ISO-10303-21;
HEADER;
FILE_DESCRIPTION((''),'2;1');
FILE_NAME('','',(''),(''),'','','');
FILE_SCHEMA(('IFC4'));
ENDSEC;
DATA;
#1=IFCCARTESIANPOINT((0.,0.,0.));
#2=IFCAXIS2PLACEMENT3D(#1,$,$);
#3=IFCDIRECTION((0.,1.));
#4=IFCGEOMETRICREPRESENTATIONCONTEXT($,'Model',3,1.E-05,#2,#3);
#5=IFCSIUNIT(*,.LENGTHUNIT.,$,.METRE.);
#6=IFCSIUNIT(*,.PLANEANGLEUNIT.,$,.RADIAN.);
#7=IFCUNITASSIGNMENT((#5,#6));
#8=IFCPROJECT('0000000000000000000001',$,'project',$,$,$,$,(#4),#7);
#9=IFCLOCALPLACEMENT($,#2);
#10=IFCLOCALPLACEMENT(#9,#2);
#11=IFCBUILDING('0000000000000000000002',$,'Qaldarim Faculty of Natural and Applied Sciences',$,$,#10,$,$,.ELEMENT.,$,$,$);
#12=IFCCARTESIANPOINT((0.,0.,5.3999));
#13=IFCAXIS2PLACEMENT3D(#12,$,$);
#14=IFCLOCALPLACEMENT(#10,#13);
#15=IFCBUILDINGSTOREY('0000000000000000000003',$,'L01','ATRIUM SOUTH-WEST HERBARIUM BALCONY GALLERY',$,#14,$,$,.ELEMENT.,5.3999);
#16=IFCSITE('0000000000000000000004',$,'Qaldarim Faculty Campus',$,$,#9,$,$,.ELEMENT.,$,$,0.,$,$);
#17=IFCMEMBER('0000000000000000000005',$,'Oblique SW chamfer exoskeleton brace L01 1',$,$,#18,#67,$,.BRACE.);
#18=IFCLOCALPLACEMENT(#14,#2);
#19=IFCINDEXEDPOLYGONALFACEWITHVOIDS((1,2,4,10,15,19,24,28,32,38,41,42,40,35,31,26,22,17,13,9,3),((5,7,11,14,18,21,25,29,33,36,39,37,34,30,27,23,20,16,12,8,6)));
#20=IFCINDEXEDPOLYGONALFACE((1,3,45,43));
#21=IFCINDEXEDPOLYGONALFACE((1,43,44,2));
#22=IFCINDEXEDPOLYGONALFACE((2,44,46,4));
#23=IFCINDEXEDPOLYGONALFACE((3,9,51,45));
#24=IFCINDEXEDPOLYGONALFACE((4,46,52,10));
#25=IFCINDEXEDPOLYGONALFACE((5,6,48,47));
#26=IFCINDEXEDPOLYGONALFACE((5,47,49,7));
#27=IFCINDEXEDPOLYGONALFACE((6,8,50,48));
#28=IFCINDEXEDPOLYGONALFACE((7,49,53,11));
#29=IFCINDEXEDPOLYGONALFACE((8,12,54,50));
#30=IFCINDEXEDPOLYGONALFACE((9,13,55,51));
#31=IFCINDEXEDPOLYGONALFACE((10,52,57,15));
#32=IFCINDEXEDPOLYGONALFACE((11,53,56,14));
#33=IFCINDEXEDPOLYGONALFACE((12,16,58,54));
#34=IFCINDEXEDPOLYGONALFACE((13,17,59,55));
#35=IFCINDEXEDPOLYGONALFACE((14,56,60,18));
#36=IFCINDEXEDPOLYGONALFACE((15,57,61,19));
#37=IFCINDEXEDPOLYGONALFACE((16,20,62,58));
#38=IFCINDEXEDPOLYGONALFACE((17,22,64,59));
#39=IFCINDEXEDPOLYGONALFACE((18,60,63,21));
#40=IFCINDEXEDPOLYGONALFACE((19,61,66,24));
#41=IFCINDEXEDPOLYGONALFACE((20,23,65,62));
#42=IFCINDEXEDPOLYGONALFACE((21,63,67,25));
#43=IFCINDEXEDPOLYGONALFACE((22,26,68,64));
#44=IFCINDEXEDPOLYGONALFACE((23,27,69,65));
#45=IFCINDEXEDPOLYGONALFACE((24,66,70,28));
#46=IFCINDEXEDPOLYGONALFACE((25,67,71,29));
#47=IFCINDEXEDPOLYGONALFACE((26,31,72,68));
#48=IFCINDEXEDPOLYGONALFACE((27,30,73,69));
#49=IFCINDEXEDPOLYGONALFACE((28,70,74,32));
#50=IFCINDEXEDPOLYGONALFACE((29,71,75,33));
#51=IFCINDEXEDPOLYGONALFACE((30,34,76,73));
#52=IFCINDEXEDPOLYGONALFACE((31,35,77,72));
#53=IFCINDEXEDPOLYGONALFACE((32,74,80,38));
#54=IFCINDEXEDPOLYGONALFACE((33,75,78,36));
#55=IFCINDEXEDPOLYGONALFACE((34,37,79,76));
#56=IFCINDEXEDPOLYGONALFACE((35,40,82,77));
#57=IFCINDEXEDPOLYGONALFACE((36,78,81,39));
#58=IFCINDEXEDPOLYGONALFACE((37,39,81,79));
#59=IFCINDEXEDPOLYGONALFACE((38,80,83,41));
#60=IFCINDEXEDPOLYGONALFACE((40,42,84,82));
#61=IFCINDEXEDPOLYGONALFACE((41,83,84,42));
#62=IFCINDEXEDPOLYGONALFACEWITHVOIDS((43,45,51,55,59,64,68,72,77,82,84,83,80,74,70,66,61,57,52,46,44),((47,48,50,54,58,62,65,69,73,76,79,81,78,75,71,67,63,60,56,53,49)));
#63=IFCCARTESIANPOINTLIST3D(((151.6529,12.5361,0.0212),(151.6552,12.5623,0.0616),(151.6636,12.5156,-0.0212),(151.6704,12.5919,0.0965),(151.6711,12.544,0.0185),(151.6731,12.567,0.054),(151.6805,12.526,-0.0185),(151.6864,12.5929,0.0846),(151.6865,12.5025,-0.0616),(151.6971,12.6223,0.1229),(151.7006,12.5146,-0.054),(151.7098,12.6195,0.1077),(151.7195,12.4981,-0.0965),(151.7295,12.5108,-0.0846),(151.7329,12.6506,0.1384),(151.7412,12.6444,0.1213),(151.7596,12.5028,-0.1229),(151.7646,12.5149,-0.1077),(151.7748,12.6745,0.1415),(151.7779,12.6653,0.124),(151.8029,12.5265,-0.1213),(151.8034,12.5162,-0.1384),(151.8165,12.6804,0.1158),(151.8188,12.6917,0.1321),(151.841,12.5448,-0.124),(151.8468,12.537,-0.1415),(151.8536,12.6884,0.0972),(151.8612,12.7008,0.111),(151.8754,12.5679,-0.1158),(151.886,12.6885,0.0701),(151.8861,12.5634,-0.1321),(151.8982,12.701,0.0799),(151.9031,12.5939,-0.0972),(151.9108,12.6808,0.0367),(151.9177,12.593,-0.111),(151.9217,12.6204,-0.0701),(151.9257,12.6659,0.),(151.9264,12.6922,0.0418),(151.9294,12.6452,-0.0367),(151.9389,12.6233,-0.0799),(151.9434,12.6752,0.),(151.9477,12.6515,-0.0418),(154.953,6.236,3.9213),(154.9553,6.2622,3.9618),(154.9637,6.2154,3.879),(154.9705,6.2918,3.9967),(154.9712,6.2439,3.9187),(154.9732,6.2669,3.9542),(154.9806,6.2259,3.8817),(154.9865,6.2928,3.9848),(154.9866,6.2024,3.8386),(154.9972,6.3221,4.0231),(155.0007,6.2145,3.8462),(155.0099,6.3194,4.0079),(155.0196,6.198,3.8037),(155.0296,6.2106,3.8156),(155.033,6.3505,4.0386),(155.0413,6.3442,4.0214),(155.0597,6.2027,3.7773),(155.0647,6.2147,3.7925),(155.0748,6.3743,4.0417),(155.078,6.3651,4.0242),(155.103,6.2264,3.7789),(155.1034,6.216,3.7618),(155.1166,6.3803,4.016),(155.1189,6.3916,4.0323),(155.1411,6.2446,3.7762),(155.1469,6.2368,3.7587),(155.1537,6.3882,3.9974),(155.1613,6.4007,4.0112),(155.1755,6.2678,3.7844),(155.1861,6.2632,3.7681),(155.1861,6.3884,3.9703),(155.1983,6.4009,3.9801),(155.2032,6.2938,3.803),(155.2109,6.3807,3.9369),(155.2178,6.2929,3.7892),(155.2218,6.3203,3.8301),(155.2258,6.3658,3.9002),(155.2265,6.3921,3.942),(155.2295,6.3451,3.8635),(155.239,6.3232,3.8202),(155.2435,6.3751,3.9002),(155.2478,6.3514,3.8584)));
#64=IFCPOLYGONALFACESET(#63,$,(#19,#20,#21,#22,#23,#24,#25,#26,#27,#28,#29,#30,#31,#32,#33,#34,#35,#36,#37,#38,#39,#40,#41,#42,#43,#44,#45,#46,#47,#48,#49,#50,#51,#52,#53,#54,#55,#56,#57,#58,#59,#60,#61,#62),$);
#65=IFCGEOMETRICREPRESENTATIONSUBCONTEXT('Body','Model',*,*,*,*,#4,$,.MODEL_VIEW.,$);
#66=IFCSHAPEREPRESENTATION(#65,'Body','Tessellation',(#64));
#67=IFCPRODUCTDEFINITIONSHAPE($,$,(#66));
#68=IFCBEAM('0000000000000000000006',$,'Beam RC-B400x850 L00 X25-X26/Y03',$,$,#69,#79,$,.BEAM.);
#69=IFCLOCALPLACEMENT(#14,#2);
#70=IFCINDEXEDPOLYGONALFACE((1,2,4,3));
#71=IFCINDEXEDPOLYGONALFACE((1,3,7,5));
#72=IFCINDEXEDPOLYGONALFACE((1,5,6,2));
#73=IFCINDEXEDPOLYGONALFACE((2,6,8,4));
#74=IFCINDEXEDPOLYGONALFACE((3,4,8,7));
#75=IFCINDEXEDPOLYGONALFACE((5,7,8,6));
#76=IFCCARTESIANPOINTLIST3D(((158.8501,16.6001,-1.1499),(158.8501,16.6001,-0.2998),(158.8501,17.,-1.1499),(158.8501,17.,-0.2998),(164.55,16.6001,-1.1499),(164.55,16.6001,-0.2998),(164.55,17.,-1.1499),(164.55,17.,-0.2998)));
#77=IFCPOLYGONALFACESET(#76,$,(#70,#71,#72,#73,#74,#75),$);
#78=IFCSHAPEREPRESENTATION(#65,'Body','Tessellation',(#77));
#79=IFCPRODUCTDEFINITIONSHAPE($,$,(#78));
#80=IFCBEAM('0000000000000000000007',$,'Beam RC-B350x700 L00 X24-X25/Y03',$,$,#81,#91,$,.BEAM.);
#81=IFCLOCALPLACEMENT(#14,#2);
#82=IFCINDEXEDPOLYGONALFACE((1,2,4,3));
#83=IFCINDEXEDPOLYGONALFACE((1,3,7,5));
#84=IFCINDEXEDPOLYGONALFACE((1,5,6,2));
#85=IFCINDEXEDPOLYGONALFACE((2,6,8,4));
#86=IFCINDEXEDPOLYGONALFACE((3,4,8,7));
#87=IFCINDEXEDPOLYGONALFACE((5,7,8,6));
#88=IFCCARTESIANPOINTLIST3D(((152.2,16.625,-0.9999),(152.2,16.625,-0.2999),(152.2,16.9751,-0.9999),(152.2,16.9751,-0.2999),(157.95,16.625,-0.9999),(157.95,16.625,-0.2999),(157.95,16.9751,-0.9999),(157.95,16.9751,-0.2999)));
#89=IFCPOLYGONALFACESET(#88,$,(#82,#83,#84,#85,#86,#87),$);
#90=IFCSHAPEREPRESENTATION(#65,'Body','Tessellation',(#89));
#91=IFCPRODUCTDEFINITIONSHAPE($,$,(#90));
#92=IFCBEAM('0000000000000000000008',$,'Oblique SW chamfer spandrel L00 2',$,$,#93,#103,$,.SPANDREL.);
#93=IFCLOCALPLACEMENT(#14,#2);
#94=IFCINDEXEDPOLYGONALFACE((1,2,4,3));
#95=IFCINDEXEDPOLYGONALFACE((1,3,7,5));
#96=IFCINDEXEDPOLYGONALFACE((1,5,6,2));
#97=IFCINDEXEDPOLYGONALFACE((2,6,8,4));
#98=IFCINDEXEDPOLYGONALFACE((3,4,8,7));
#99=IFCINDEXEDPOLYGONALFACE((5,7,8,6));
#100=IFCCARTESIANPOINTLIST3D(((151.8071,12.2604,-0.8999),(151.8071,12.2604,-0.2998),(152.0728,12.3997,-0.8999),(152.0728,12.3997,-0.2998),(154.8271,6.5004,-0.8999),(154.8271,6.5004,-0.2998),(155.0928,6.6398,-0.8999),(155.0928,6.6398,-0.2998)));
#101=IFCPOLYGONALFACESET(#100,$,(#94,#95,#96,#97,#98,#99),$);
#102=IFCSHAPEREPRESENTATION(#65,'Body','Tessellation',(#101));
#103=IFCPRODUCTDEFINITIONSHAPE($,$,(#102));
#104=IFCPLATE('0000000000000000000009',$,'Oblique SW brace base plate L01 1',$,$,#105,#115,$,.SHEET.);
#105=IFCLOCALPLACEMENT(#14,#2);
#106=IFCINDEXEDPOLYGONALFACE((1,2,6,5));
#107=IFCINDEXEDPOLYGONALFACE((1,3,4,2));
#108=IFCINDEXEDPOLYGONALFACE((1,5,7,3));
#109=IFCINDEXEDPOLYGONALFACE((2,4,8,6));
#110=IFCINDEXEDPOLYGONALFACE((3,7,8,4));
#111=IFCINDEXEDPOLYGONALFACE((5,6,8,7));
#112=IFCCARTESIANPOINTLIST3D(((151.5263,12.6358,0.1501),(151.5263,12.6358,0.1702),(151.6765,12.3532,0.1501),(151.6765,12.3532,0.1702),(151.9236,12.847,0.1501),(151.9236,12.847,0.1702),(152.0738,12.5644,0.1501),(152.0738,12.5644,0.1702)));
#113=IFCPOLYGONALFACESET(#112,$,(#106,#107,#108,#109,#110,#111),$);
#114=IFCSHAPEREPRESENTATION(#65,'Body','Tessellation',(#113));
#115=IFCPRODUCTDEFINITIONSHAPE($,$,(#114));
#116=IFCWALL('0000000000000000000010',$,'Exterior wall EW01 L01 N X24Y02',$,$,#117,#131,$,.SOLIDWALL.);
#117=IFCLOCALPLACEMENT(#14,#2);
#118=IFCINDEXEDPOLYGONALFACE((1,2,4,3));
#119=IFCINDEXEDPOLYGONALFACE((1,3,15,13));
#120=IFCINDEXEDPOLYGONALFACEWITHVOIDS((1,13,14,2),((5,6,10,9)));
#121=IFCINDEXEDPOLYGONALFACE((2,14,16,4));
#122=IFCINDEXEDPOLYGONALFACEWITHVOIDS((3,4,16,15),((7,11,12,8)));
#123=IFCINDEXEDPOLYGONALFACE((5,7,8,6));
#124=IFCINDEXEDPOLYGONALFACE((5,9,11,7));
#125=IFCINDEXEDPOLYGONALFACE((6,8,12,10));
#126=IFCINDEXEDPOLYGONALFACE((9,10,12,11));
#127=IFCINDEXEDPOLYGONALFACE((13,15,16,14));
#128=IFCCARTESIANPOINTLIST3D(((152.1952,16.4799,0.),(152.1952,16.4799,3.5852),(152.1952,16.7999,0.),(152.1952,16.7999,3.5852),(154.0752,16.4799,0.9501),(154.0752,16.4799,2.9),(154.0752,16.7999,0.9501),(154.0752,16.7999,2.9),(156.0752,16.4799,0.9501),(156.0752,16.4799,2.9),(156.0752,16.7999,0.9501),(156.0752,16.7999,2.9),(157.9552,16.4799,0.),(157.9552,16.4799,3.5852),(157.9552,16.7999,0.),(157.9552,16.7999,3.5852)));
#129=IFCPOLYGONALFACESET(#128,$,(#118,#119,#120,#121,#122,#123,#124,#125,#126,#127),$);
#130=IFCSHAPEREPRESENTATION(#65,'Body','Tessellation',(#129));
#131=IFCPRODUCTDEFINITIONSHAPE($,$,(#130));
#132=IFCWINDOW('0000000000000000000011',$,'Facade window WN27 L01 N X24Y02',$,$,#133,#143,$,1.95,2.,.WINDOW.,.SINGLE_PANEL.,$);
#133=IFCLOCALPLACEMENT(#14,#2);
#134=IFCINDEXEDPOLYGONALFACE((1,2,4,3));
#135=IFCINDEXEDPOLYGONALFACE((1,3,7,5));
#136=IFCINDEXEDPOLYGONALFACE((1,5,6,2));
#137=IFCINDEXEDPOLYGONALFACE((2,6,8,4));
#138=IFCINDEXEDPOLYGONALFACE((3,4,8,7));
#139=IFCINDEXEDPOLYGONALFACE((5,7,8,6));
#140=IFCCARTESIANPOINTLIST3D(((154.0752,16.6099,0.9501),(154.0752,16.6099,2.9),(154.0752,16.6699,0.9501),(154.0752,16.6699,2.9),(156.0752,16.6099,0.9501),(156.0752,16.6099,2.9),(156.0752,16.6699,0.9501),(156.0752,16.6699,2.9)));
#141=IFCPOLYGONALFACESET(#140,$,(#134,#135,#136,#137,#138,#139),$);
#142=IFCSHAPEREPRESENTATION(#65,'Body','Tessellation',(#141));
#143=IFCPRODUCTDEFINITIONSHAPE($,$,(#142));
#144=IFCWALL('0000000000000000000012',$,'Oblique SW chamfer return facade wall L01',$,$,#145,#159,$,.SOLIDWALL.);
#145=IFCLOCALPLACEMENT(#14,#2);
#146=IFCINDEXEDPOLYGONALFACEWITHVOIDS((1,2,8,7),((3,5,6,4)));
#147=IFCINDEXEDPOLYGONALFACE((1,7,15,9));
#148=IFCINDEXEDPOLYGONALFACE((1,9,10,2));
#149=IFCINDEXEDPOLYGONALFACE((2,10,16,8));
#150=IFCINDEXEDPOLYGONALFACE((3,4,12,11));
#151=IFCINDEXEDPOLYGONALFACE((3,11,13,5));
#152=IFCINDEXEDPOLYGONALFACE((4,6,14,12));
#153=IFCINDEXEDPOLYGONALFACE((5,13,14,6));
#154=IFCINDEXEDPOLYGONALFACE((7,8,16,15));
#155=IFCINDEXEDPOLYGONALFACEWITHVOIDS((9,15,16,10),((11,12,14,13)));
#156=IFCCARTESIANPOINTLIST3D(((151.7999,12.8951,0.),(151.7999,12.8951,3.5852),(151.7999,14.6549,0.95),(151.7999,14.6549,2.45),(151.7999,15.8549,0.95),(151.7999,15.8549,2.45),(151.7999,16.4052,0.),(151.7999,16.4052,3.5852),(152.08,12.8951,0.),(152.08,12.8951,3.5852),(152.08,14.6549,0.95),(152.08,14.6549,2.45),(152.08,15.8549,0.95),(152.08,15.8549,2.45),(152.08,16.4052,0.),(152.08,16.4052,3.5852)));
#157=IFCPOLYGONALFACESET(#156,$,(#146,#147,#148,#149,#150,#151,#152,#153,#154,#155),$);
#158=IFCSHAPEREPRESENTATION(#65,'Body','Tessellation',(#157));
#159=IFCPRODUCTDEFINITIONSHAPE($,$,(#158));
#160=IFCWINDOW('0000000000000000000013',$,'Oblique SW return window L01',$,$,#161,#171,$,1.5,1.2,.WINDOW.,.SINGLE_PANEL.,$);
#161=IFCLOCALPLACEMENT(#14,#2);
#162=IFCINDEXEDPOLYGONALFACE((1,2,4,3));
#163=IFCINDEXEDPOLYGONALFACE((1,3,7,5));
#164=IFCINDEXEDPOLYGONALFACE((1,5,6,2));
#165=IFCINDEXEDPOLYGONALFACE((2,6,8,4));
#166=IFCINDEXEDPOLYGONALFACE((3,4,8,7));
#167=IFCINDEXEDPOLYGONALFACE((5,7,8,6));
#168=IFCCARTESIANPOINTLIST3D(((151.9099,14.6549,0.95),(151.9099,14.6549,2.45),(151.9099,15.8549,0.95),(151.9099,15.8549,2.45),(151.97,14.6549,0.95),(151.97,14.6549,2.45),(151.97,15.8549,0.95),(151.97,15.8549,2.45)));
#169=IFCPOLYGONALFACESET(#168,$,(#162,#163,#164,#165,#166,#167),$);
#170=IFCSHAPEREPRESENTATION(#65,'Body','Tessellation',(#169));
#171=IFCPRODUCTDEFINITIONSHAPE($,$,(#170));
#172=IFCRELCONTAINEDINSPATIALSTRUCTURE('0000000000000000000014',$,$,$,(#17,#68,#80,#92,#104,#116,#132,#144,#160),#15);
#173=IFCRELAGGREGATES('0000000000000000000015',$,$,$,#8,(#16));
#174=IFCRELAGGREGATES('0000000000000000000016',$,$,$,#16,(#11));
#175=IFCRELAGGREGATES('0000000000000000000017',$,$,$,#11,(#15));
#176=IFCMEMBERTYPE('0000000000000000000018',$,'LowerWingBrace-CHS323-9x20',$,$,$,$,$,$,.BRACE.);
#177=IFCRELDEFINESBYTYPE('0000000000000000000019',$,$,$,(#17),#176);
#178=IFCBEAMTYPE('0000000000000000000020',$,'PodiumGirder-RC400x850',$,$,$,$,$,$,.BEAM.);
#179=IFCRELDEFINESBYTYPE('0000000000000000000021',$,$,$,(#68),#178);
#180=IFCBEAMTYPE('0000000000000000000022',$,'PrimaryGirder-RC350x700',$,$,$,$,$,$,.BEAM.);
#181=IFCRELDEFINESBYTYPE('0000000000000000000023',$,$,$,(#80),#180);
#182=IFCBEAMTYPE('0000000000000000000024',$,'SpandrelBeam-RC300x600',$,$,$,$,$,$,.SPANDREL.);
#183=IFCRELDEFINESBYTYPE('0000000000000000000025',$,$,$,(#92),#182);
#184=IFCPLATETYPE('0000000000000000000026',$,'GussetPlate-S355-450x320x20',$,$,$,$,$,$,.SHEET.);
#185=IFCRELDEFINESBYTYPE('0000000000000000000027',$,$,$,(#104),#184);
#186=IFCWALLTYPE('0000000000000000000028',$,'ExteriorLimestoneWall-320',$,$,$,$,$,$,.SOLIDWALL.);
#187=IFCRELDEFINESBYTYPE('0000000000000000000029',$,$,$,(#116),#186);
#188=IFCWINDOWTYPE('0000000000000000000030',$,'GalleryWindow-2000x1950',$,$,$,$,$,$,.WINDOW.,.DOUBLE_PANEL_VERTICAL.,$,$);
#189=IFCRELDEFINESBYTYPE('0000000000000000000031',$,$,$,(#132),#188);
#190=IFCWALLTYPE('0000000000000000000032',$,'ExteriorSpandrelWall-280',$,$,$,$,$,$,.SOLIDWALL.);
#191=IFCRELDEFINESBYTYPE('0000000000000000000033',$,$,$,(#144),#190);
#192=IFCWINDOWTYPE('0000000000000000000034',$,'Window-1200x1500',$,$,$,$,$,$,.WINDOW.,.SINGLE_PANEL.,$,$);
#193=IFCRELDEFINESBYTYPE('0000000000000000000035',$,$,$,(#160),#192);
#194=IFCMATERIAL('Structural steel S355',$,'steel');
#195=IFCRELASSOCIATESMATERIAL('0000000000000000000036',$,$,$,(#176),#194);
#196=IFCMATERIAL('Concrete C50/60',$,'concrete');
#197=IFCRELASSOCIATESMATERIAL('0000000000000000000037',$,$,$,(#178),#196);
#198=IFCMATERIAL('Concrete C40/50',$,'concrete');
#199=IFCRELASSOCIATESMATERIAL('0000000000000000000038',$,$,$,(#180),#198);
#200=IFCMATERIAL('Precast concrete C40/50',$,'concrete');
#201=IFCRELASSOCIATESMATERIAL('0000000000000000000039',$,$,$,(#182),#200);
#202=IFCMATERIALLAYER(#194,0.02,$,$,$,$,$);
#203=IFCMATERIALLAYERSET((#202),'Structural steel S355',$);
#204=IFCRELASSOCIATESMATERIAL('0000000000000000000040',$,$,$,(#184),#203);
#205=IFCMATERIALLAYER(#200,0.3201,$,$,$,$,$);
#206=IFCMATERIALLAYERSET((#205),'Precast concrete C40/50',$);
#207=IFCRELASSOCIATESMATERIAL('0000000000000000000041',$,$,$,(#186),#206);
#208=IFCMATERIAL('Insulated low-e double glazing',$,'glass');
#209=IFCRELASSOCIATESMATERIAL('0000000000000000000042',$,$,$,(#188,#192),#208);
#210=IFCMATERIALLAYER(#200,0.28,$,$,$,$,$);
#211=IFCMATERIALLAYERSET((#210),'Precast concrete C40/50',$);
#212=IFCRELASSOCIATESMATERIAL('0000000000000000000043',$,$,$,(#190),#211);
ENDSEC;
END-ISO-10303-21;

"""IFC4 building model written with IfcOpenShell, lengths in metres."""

from ifc_helpers import new_model, si_unit, direction, frame, frame_2d, origin, origin_2d, place, context, subcontext, project, spatial, rectangle, hollow_circle, extrude, material, layer, layer_set, material_profile, profile_set, type_object, element, fill, save


model = new_model("IFC4")

# Units and contexts
model_context = context("Model", 3, precision=1e-05, world=origin(), true_north=direction((0.0, 1.0)))
body_context = subcontext(model_context, "Body", "Model", "MODEL_VIEW")
ifc_project = project(units=[si_unit("LENGTHUNIT", "METRE"), si_unit("PLANEANGLEUNIT", "RADIAN")], contexts=[model_context])

# Site, building, storey
site_placement = place(None, origin())
site = spatial("IfcSite", under=ifc_project, at=site_placement, Name="Qaldarim Faculty Campus", CompositionType="ELEMENT", RefElevation=0.0)
building_placement = place(site_placement, origin())
building = spatial("IfcBuilding", under=site, at=building_placement, Name="Qaldarim Faculty of Natural and Applied Sciences", CompositionType="ELEMENT")
storey_placement = place(building_placement, frame((0.0, 0.0, 5.3999)))
storey = spatial("IfcBuildingStorey", under=building, at=storey_placement, Name="L01", Description="ATRIUM SOUTH-WEST HERBARIUM BALCONY GALLERY", CompositionType="ELEMENT", Elevation=5.3999)

# Shared definitions
ifc_material_1 = material(Name="Concrete C50/60", Category="concrete")

# Shared definitions
ifc_material_2 = material(Name="Concrete C40/50", Category="concrete")

# Member
ifc_material_3 = material(Name="Structural steel S355", Category="steel")
ifc_material_profile_1 = material_profile(ifc_material_3, hollow_circle(Radius=0.1619, WallThickness=0.02, at=origin_2d()), Name="CHS 323.9x20.0")
ifc_profile_set_1 = profile_set([ifc_material_profile_1], Name="Structural steel S355")
member_type = type_object("IfcMemberType", Name="LowerWingBrace-CHS323-9x20", PredefinedType="BRACE", material=ifc_profile_set_1)
member_placement = place(storey_placement, frame((151.8, 12.6001, 0.0), z_axis=(0.406849, -0.776707, 0.480833), x_axis=(0.88583, 0.46401, 0.0)))
element("IfcMember", 1, at=member_placement, inside=storey, type_object=member_type, Name="Oblique SW chamfer exoskeleton brace L01 1", PredefinedType="BRACE", context=body_context, shape_type="SweptSolid", body=[
    extrude(hollow_circle(Radius=0.1619, WallThickness=0.02, at=origin_2d()), origin(), (0.0, 0.0, 1.0), 8.1113),
])

# Beams
ifc_material_profile_2 = material_profile(ifc_material_1, rectangle(XDim=0.3999, YDim=0.8501, at=origin_2d()), Name="RC-B400x850")
ifc_profile_set_2 = profile_set([ifc_material_profile_2], Name="Concrete C50/60")
beam_type_1 = type_object("IfcBeamType", Name="PodiumGirder-RC400x850", PredefinedType="BEAM", material=ifc_profile_set_2)
beam_1_placement = place(storey_placement, frame((158.8501, 16.8, -0.7249), z_axis=(1.0, 0.0, 0.0), x_axis=(0.0, 1.0, 0.0)))
element("IfcBeam", 2, at=beam_1_placement, inside=storey, type_object=beam_type_1, Name="Beam RC-B400x850 L00 X25-X26/Y03", PredefinedType="BEAM", context=body_context, shape_type="SweptSolid", body=[
    extrude(rectangle(XDim=0.3999, YDim=0.8501, at=origin_2d()), origin(), (0.0, 0.0, 1.0), 5.7),
])
ifc_material_profile_3 = material_profile(ifc_material_2, rectangle(XDim=0.3501, YDim=0.7, at=origin_2d()), Name="RC-B350x700")
ifc_profile_set_3 = profile_set([ifc_material_profile_3], Name="Concrete C40/50")
beam_type_2 = type_object("IfcBeamType", Name="PrimaryGirder-RC350x700", PredefinedType="BEAM", material=ifc_profile_set_3)
beam_2_placement = place(storey_placement, frame((152.2, 16.8, -0.6499), z_axis=(1.0, 0.0, 0.0), x_axis=(0.0, 1.0, 0.0)))
element("IfcBeam", 3, at=beam_2_placement, inside=storey, type_object=beam_type_2, Name="Beam RC-B350x700 L00 X24-X25/Y03", PredefinedType="BEAM", context=body_context, shape_type="SweptSolid", body=[
    extrude(rectangle(XDim=0.3501, YDim=0.7, at=origin_2d()), origin(), (0.0, 0.0, 1.0), 5.75),
])
ifc_material_4 = material(Name="Precast concrete C40/50", Category="concrete")
ifc_material_profile_4 = material_profile(ifc_material_4, rectangle(XDim=0.3, YDim=0.6001, at=origin_2d()), Name="RC-SP300x600")
ifc_profile_set_4 = profile_set([ifc_material_profile_4], Name="Precast concrete C40/50")
beam_type_3 = type_object("IfcBeamType", Name="SpandrelBeam-RC300x600", PredefinedType="SPANDREL", material=ifc_profile_set_4)
beam_3_placement = place(storey_placement, frame((151.9399, 12.3301, -0.5999), z_axis=(0.464353, -0.88565, 0.0), x_axis=(0.88565, 0.464353, 0.0)))
element("IfcBeam", 4, at=beam_3_placement, inside=storey, type_object=beam_type_3, Name="Oblique SW chamfer spandrel L00 2", PredefinedType="SPANDREL", context=body_context, shape_type="SweptSolid", body=[
    extrude(rectangle(XDim=0.3, YDim=0.6001, at=origin_2d()), origin(), (0.0, 0.0, 1.0), 6.5037),
])

# Plate
ifc_layer_1 = layer(ifc_material_3, 0.02)
ifc_layer_set_1 = layer_set([ifc_layer_1], Name="Structural steel S355")
plate_type = type_object("IfcPlateType", Name="GussetPlate-S355-450x320x20", PredefinedType="SHEET", material=ifc_layer_set_1)
plate_placement = place(storey_placement, frame((151.8, 12.6001, 0.1501), z_axis=(0.0, 0.0, 1.0), x_axis=(0.882948, 0.469472, 0.0)))
element("IfcPlate", 5, at=plate_placement, inside=storey, type_object=plate_type, Name="Oblique SW brace base plate L01 1", PredefinedType="SHEET", context=body_context, shape_type="SweptSolid", body=[
    extrude(rectangle(XDim=0.45, YDim=0.3201, at=origin_2d()), origin(), (0.0, 0.0, 1.0), 0.02),
])

# Walls, openings, windows
ifc_layer_2 = layer(ifc_material_4, 0.3201)
ifc_layer_set_2 = layer_set([ifc_layer_2], Name="Precast concrete C40/50")
wall_type_1 = type_object("IfcWallType", Name="ExteriorLimestoneWall-320", PredefinedType="SOLIDWALL", material=ifc_layer_set_2)
wall_1_placement = place(storey_placement, frame((157.9551, 16.6399, 0.0), z_axis=(0.0, 0.0, 1.0), x_axis=(-1.0, 0.0, 0.0)))
wall_1 = element("IfcWall", 6, at=wall_1_placement, inside=storey, type_object=wall_type_1, Name="Exterior wall EW01 L01 N X24Y02", PredefinedType="SOLIDWALL", context=body_context, shape_type="SweptSolid", body=[
    extrude(rectangle(XDim=5.76, YDim=0.3201, at=frame_2d((2.8799, 0.0))), origin(), (0.0, 0.0, 1.0), 3.5852),
])
opening_1_placement = place(wall_1_placement, frame((1.8799, 0.0, 0.95)))
opening_1 = element("IfcOpeningElement", 7, at=opening_1_placement, cuts=wall_1, PredefinedType="OPENING", context=body_context, shape_type="SweptSolid", body=[
    extrude(rectangle(XDim=2.0, YDim=1.95, at=frame_2d((1.0, 0.9751))), frame((0.0, 0.1699, 0.0), z_axis=(0.0, -1.0, 0.0), x_axis=(1.0, 0.0, 0.0)), (0.0, 0.0, 1.0), 0.3401),
])
ifc_material_5 = material(Name="Insulated low-e double glazing", Category="glass")
window_type_1 = type_object("IfcWindowType", Name="GalleryWindow-2000x1950", PartitioningType="DOUBLE_PANEL_VERTICAL", PredefinedType="WINDOW", material=ifc_material_5)
window_1_placement = place(opening_1_placement, origin())
window_1 = element("IfcWindow", 8, at=window_1_placement, inside=storey, type_object=window_type_1, Name="Facade window WN27 L01 N X24Y02", OverallHeight=1.95, OverallWidth=2.0, PartitioningType="SINGLE_PANEL", PredefinedType="WINDOW", context=body_context, shape_type="SweptSolid", body=[
    extrude(rectangle(XDim=2.0, YDim=1.95, at=frame_2d((1.0, 0.9751))), frame((0.0, 0.03, 0.0), z_axis=(0.0, -1.0, 0.0), x_axis=(1.0, 0.0, 0.0)), (0.0, 0.0, 1.0), 0.0601),
])
fill(opening_1, window_1)
ifc_layer_3 = layer(ifc_material_4, 0.28)
ifc_layer_set_3 = layer_set([ifc_layer_3], Name="Precast concrete C40/50")
wall_type_2 = type_object("IfcWallType", Name="ExteriorSpandrelWall-280", PredefinedType="SOLIDWALL", material=ifc_layer_set_3)
wall_2_placement = place(storey_placement, frame((151.9399, 16.405, 0.0), z_axis=(0.0, 0.0, 1.0), x_axis=(0.0, -1.0, 0.0)))
wall_2 = element("IfcWall", 9, at=wall_2_placement, inside=storey, type_object=wall_type_2, Name="Oblique SW chamfer return facade wall L01", PredefinedType="SOLIDWALL", context=body_context, shape_type="SweptSolid", body=[
    extrude(rectangle(XDim=3.51, YDim=0.28, at=frame_2d((1.7549, 0.0))), origin(), (0.0, 0.0, 1.0), 3.5852),
])
opening_2_placement = place(wall_2_placement, frame((0.55, 0.0, 0.95)))
opening_2 = element("IfcOpeningElement", 10, at=opening_2_placement, cuts=wall_2, PredefinedType="OPENING", context=body_context, shape_type="SweptSolid", body=[
    extrude(rectangle(XDim=1.2, YDim=1.5, at=frame_2d((0.6001, 0.75))), frame((0.0, 0.1499, 0.0), z_axis=(0.0, -1.0, 0.0), x_axis=(1.0, 0.0, 0.0)), (0.0, 0.0, 1.0), 0.3),
])
window_type_2 = type_object("IfcWindowType", Name="Window-1200x1500", PartitioningType="SINGLE_PANEL", PredefinedType="WINDOW", material=ifc_material_5)
window_2_placement = place(opening_2_placement, origin())
window_2 = element("IfcWindow", 11, at=window_2_placement, inside=storey, type_object=window_type_2, Name="Oblique SW return window L01", OverallHeight=1.5, OverallWidth=1.2, PartitioningType="SINGLE_PANEL", PredefinedType="WINDOW", context=body_context, shape_type="SweptSolid", body=[
    extrude(rectangle(XDim=1.2, YDim=1.5, at=frame_2d((0.6001, 0.75))), frame((0.0, 0.03, 0.0), z_axis=(0.0, -1.0, 0.0), x_axis=(1.0, 0.0, 0.0)), (0.0, 0.0, 1.0), 0.0601),
])
fill(opening_2, window_2)

save(model, "model.ifc")
